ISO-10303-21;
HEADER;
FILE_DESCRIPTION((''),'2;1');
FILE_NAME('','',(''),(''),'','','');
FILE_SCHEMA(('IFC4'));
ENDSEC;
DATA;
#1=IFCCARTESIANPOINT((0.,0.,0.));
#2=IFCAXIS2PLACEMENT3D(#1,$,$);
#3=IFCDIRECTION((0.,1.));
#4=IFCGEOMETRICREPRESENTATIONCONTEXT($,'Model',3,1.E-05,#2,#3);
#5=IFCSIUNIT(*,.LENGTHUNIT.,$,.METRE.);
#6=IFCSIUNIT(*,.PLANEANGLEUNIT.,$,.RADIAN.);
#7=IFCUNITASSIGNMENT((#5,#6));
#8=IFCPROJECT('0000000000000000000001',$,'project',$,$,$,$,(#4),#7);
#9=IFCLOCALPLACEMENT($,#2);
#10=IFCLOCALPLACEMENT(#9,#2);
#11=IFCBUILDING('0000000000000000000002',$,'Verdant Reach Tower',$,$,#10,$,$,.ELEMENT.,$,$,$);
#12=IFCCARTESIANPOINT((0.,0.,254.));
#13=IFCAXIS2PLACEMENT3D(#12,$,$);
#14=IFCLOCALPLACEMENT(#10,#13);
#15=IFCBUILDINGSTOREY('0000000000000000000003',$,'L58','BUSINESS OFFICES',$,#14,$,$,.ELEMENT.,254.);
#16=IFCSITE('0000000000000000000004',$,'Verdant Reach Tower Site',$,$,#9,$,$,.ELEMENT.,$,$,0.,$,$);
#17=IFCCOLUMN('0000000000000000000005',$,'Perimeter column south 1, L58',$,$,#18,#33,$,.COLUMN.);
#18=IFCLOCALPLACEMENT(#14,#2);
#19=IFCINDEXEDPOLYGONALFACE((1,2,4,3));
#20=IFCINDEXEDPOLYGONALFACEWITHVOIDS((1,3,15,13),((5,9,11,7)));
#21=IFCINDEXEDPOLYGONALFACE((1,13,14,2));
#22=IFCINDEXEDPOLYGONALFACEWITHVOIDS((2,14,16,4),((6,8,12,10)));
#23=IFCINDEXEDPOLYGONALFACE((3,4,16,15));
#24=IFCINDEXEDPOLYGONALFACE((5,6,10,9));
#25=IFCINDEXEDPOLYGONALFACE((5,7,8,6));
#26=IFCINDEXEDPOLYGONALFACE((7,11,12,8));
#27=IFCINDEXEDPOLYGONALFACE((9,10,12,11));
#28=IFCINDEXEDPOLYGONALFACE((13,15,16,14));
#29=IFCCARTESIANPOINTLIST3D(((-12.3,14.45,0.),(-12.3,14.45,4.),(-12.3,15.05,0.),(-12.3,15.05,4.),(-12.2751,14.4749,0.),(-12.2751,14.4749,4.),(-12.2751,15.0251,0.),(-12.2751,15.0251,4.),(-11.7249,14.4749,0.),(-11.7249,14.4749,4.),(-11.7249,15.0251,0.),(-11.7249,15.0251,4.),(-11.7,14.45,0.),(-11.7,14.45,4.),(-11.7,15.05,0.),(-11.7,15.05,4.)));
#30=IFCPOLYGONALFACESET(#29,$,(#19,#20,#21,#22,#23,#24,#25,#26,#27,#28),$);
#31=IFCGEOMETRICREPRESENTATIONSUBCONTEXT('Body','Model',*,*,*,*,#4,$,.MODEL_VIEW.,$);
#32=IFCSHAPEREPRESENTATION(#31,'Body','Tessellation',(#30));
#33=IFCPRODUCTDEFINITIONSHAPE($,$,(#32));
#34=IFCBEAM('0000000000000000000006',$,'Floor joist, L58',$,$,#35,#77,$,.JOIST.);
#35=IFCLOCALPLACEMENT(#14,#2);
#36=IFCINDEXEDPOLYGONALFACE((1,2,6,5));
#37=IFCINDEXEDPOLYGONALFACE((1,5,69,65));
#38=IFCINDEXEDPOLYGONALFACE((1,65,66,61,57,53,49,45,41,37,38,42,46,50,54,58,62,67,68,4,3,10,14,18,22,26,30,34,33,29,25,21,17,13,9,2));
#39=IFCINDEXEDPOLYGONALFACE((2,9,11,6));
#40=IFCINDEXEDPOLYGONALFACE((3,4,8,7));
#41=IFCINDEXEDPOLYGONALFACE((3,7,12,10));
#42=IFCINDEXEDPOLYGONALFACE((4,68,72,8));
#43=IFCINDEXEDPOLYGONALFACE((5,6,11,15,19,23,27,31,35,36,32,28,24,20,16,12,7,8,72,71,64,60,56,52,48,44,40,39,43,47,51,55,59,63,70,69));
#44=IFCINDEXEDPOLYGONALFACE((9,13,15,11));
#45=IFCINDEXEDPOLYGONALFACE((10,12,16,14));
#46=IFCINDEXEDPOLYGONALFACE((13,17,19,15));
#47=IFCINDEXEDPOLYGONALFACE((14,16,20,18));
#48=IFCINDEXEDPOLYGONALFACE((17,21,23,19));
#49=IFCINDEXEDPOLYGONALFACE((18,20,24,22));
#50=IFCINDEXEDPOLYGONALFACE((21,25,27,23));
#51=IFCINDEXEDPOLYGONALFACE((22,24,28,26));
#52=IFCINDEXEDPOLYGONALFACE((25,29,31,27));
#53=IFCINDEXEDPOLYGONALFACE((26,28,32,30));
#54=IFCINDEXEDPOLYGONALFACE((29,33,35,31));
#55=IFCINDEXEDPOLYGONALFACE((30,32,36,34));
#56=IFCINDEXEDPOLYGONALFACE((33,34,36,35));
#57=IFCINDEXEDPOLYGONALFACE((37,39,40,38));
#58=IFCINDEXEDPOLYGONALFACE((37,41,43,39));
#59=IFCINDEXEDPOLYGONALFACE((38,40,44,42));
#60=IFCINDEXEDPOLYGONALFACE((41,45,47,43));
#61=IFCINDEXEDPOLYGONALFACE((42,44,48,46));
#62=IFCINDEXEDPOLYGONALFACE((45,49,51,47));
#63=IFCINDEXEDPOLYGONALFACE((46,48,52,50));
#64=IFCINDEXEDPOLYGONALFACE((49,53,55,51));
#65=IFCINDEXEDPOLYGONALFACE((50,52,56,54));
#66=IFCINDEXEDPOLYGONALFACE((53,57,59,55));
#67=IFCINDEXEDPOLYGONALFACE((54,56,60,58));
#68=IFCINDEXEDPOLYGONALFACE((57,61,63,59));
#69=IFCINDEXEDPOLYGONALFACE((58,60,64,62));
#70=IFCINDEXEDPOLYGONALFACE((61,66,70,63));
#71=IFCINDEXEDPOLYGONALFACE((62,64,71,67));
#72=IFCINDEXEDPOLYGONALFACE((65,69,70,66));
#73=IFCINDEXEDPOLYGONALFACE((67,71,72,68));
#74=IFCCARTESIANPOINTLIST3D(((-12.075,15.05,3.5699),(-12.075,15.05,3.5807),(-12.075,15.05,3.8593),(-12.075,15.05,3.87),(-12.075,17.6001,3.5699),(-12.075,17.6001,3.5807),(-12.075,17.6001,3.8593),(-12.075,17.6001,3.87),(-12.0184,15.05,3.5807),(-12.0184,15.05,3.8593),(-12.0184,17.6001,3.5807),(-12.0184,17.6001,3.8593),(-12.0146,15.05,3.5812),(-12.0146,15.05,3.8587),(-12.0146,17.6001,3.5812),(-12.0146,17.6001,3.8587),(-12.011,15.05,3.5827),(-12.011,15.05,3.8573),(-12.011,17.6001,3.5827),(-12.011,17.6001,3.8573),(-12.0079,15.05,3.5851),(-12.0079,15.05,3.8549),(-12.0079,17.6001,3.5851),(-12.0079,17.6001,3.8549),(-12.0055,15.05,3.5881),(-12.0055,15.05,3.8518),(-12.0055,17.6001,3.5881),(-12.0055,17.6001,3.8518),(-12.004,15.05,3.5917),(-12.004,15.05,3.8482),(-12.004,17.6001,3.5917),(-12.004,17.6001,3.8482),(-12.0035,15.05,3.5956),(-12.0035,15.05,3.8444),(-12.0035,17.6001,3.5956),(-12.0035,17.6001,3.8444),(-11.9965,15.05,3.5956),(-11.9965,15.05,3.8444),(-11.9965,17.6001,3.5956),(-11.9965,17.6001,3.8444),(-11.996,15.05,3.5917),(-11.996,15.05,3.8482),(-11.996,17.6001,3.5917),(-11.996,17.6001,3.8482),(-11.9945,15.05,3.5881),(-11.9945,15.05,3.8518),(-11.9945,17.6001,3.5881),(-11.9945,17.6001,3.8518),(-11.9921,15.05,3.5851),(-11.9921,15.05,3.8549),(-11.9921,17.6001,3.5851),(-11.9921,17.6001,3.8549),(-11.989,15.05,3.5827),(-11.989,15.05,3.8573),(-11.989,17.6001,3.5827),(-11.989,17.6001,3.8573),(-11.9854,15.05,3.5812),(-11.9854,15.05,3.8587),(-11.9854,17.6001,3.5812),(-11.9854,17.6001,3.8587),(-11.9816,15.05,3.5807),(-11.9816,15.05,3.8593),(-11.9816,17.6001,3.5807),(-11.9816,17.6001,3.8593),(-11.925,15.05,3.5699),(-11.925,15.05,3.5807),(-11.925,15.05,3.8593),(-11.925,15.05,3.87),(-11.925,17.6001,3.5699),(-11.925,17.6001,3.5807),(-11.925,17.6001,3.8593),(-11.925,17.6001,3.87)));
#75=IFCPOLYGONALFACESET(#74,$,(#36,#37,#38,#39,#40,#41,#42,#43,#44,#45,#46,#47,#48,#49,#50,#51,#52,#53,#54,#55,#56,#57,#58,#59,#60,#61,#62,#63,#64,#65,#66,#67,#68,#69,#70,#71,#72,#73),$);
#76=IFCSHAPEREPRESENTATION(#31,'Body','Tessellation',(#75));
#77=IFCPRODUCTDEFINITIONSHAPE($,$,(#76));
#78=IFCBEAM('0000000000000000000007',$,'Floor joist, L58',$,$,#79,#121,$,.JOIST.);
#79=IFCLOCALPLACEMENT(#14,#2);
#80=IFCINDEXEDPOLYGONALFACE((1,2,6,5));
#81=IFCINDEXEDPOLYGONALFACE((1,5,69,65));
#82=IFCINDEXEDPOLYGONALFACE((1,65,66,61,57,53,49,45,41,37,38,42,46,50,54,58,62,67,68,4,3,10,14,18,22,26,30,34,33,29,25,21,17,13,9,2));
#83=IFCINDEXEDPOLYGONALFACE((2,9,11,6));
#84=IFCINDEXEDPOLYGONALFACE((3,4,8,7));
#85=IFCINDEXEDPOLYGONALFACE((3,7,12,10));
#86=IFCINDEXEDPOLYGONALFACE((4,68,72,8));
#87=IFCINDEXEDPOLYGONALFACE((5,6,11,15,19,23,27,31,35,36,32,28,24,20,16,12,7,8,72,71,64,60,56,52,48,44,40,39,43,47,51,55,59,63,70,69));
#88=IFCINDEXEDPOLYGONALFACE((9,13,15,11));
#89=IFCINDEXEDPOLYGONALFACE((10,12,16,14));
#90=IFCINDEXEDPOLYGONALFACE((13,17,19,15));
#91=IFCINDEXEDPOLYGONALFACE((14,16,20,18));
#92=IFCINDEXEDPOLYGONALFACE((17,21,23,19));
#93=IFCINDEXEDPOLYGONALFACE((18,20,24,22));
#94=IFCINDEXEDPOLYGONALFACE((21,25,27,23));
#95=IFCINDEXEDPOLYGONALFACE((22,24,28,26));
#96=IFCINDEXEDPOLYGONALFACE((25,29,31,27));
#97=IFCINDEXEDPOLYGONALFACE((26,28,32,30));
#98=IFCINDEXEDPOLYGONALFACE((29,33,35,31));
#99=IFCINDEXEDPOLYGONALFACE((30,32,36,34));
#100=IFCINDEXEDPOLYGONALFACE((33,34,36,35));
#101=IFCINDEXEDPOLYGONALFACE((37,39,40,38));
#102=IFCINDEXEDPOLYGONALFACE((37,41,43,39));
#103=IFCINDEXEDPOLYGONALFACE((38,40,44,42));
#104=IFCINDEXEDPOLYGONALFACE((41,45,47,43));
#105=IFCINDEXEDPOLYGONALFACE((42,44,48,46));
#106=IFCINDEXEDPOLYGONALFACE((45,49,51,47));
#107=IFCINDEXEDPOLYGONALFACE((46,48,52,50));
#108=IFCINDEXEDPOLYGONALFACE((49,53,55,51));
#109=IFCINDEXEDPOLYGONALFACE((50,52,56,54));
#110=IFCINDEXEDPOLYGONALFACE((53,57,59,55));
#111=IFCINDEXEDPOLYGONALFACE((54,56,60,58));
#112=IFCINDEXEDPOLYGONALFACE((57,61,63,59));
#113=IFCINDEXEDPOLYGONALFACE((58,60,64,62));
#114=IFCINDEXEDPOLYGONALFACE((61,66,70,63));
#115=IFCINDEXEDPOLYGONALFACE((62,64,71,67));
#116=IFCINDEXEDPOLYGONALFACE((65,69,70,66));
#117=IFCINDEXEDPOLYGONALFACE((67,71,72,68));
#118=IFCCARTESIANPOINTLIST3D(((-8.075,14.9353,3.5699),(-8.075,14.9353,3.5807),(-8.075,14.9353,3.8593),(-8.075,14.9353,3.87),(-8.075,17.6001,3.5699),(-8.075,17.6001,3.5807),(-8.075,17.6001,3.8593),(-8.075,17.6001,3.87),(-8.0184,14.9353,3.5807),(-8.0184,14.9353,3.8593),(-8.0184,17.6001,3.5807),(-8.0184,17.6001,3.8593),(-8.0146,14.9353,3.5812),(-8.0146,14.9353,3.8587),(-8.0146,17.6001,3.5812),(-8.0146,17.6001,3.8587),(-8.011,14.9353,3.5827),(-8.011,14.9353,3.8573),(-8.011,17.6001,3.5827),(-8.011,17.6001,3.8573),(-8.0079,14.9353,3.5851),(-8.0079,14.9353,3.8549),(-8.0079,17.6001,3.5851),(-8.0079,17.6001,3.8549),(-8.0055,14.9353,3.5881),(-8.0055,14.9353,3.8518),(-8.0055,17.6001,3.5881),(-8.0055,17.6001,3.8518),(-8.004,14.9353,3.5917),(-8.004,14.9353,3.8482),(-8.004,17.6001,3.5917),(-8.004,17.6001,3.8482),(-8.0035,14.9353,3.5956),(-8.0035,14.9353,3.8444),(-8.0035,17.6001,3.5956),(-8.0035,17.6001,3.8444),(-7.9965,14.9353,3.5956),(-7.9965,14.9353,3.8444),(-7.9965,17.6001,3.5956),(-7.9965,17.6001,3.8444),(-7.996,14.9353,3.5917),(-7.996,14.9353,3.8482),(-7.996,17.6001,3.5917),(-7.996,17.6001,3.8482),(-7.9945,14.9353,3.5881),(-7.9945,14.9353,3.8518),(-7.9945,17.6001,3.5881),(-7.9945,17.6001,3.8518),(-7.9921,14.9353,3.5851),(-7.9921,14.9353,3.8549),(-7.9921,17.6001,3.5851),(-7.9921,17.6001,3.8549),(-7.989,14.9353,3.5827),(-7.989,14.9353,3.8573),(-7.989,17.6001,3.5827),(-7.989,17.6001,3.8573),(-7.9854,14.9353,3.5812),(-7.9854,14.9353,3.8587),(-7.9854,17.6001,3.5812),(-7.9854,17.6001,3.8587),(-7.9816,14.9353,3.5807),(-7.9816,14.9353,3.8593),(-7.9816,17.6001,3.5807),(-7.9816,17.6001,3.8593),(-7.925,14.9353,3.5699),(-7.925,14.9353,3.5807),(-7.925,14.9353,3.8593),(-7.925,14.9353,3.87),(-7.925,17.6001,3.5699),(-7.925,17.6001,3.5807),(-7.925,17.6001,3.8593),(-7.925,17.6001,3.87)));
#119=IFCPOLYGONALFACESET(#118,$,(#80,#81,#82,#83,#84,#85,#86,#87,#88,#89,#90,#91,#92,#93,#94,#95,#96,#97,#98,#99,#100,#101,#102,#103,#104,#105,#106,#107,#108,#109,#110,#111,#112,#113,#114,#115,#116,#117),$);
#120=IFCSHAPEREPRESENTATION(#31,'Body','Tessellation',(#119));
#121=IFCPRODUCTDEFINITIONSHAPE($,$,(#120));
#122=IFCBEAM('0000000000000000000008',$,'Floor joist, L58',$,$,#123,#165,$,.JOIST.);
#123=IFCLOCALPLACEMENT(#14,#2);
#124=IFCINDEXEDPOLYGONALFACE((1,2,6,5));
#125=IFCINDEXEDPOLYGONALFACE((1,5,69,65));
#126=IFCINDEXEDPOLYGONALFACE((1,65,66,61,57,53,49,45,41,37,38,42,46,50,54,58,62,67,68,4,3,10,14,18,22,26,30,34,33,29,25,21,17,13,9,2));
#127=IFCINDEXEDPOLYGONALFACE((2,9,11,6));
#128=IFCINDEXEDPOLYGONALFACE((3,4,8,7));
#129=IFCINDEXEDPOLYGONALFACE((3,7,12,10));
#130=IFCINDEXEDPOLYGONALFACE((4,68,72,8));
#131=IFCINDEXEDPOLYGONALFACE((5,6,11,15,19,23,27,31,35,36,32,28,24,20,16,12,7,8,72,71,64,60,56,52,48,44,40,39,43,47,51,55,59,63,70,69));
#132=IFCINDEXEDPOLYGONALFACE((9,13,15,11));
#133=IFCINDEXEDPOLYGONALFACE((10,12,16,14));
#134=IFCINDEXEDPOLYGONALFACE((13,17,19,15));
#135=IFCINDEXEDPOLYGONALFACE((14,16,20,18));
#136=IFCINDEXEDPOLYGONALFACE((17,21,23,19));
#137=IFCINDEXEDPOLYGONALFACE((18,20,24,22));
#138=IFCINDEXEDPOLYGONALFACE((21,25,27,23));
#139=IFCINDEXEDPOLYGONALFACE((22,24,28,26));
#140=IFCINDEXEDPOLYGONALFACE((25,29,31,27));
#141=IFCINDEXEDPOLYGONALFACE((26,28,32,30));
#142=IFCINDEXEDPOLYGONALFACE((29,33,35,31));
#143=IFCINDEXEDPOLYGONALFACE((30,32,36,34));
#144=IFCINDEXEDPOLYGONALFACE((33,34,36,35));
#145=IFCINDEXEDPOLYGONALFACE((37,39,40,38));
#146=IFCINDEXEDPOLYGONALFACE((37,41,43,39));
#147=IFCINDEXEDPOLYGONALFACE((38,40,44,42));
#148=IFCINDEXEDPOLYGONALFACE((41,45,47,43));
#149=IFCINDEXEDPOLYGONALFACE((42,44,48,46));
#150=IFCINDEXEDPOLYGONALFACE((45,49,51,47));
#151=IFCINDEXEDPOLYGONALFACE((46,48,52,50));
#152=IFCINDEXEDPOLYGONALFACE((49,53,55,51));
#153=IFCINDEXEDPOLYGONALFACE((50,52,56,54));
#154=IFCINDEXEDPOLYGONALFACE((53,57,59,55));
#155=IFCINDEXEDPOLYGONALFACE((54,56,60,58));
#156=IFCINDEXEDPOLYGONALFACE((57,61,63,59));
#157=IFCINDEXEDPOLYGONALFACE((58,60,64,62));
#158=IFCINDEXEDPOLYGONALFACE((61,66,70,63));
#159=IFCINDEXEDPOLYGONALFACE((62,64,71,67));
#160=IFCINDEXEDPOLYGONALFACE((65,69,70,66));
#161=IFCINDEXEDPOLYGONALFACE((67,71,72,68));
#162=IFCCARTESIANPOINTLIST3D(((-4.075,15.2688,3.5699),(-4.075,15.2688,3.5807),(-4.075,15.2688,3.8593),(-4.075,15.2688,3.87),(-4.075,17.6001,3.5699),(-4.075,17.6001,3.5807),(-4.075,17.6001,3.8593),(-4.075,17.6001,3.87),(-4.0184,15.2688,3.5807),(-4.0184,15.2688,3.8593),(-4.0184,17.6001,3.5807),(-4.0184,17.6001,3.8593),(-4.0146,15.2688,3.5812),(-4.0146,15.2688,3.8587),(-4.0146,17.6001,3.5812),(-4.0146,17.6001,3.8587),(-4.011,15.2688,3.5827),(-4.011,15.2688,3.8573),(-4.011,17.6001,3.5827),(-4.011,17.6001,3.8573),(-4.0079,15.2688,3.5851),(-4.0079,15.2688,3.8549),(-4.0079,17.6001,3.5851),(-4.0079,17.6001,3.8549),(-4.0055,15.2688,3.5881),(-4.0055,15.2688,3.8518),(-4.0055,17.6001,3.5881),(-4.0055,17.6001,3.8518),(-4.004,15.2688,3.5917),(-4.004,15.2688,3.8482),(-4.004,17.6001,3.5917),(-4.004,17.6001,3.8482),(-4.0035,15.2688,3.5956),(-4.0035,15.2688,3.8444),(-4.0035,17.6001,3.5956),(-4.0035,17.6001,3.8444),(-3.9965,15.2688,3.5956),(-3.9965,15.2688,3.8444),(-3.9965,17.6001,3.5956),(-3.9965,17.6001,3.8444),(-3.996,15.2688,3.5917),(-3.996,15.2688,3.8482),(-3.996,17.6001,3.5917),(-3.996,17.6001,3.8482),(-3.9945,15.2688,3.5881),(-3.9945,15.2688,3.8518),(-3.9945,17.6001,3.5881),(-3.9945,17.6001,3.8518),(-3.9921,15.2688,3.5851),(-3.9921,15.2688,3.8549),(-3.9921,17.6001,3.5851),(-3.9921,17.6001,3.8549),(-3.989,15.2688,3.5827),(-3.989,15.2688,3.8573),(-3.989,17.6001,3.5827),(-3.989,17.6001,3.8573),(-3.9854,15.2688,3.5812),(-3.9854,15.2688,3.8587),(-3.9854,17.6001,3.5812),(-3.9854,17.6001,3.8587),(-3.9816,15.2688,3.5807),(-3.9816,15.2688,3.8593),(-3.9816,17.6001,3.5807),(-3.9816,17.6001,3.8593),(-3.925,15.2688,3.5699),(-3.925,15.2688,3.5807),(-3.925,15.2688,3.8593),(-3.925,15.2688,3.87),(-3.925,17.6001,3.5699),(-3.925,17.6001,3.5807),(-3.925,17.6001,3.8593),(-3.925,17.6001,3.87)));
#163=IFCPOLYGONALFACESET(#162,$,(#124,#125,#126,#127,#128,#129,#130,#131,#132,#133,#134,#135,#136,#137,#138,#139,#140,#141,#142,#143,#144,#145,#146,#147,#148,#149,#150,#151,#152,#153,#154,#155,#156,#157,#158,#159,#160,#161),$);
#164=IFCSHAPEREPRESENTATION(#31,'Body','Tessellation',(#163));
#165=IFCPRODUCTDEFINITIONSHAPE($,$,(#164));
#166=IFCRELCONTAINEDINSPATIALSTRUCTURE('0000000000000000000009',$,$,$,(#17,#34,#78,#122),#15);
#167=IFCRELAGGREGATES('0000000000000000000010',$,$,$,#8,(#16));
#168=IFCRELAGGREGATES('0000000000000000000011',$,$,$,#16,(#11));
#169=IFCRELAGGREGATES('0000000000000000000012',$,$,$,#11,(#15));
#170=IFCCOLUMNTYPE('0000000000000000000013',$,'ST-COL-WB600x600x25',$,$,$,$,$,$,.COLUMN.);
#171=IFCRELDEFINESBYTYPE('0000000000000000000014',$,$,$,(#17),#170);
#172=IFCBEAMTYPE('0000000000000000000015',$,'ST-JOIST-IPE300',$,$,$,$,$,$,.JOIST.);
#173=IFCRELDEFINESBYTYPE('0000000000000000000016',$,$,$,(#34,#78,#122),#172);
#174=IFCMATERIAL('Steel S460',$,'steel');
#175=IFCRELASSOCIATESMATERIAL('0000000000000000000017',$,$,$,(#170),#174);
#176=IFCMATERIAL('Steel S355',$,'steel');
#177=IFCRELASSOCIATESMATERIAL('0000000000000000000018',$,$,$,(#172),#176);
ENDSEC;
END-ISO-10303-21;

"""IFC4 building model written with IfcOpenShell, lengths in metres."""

from ifc_helpers import new_model, si_unit, direction, frame, origin, origin_2d, place, context, subcontext, project, spatial, hollow_rectangle, i_section, extrude, material, material_profile, profile_set, type_object, element, save


model = new_model("IFC4")

# Units and contexts
model_context = context("Model", 3, precision=1e-05, world=origin(), true_north=direction((0.0, 1.0)))
body_context = subcontext(model_context, "Body", "Model", "MODEL_VIEW")
ifc_project = project(units=[si_unit("LENGTHUNIT", "METRE"), si_unit("PLANEANGLEUNIT", "RADIAN")], contexts=[model_context])

# Site, building, storey
site_placement = place(None, origin())
site = spatial("IfcSite", under=ifc_project, at=site_placement, Name="Verdant Reach Tower Site", CompositionType="ELEMENT", RefElevation=0.0)
building_placement = place(site_placement, origin())
building = spatial("IfcBuilding", under=site, at=building_placement, Name="Verdant Reach Tower", CompositionType="ELEMENT")
storey_placement = place(building_placement, frame((0.0, 0.0, 254.0)))
storey = spatial("IfcBuildingStorey", under=building, at=storey_placement, Name="L58", Description="BUSINESS OFFICES", CompositionType="ELEMENT", Elevation=254.0)

# Column
ifc_material_1 = material(Name="Steel S460", Category="steel")
ifc_material_profile_1 = material_profile(ifc_material_1, hollow_rectangle(XDim=0.6001, YDim=0.6001, WallThickness=0.0249, at=origin_2d()), Name="WB 600x600x25")
ifc_profile_set_1 = profile_set([ifc_material_profile_1], Name="Steel S460")
column_type = type_object("IfcColumnType", Name="ST-COL-WB600x600x25", PredefinedType="COLUMN", material=ifc_profile_set_1)
column_placement = place(storey_placement, frame((-12.0, 14.75, 0.0), z_axis=(0.0, 0.0, 1.0), x_axis=(1.0, 0.0, 0.0)))
element("IfcColumn", 1, at=column_placement, inside=storey, type_object=column_type, Name="Perimeter column south 1, L58", PredefinedType="COLUMN", context=body_context, shape_type="SweptSolid", body=[
    extrude(hollow_rectangle(XDim=0.6001, YDim=0.6001, WallThickness=0.0249, at=origin_2d()), origin(), (0.0, 0.0, 1.0), 4.0),
])

# Beams
ifc_material_2 = material(Name="Steel S355", Category="steel")
ifc_material_profile_2 = material_profile(ifc_material_2, i_section(OverallWidth=0.1499, OverallDepth=0.3, WebThickness=0.0071, FlangeThickness=0.0107, FilletRadius=0.0149, at=origin_2d()), Name="IPE 300")
ifc_profile_set_2 = profile_set([ifc_material_profile_2], Name="Steel S355")
beam_type_1 = type_object("IfcBeamType", Name="ST-JOIST-IPE300", PredefinedType="JOIST", material=ifc_profile_set_2)
beam_1_placement = place(storey_placement, frame((-12.0, 17.6001, 3.72), z_axis=(0.0, -1.0, 0.0), x_axis=(1.0, 0.0, 0.0)))
element("IfcBeam", 2, at=beam_1_placement, inside=storey, type_object=beam_type_1, Name="Floor joist, L58", PredefinedType="JOIST", context=body_context, shape_type="SweptSolid", body=[
    extrude(i_section(OverallWidth=0.1499, OverallDepth=0.3, WebThickness=0.0071, FlangeThickness=0.0107, FilletRadius=0.0149, at=origin_2d()), origin(), (0.0, 0.0, 1.0), 2.55),
])
beam_2_placement = place(storey_placement, frame((-8.0, 17.6001, 3.72), z_axis=(0.0, -1.0, 0.0), x_axis=(1.0, 0.0, 0.0)))
element("IfcBeam", 3, at=beam_2_placement, inside=storey, type_object=beam_type_1, Name="Floor joist, L58", PredefinedType="JOIST", context=body_context, shape_type="SweptSolid", body=[
    extrude(i_section(OverallWidth=0.1499, OverallDepth=0.3, WebThickness=0.0071, FlangeThickness=0.0107, FilletRadius=0.0149, at=origin_2d()), origin(), (0.0, 0.0, 1.0), 2.6648),
])
beam_3_placement = place(storey_placement, frame((-4.0, 17.6001, 3.72), z_axis=(0.0, -1.0, 0.0), x_axis=(1.0, 0.0, 0.0)))
element("IfcBeam", 4, at=beam_3_placement, inside=storey, type_object=beam_type_1, Name="Floor joist, L58", PredefinedType="JOIST", context=body_context, shape_type="SweptSolid", body=[
    extrude(i_section(OverallWidth=0.1499, OverallDepth=0.3, WebThickness=0.0071, FlangeThickness=0.0107, FilletRadius=0.0149, at=origin_2d()), origin(), (0.0, 0.0, 1.0), 2.3313),
])

save(model, "model.ifc")
